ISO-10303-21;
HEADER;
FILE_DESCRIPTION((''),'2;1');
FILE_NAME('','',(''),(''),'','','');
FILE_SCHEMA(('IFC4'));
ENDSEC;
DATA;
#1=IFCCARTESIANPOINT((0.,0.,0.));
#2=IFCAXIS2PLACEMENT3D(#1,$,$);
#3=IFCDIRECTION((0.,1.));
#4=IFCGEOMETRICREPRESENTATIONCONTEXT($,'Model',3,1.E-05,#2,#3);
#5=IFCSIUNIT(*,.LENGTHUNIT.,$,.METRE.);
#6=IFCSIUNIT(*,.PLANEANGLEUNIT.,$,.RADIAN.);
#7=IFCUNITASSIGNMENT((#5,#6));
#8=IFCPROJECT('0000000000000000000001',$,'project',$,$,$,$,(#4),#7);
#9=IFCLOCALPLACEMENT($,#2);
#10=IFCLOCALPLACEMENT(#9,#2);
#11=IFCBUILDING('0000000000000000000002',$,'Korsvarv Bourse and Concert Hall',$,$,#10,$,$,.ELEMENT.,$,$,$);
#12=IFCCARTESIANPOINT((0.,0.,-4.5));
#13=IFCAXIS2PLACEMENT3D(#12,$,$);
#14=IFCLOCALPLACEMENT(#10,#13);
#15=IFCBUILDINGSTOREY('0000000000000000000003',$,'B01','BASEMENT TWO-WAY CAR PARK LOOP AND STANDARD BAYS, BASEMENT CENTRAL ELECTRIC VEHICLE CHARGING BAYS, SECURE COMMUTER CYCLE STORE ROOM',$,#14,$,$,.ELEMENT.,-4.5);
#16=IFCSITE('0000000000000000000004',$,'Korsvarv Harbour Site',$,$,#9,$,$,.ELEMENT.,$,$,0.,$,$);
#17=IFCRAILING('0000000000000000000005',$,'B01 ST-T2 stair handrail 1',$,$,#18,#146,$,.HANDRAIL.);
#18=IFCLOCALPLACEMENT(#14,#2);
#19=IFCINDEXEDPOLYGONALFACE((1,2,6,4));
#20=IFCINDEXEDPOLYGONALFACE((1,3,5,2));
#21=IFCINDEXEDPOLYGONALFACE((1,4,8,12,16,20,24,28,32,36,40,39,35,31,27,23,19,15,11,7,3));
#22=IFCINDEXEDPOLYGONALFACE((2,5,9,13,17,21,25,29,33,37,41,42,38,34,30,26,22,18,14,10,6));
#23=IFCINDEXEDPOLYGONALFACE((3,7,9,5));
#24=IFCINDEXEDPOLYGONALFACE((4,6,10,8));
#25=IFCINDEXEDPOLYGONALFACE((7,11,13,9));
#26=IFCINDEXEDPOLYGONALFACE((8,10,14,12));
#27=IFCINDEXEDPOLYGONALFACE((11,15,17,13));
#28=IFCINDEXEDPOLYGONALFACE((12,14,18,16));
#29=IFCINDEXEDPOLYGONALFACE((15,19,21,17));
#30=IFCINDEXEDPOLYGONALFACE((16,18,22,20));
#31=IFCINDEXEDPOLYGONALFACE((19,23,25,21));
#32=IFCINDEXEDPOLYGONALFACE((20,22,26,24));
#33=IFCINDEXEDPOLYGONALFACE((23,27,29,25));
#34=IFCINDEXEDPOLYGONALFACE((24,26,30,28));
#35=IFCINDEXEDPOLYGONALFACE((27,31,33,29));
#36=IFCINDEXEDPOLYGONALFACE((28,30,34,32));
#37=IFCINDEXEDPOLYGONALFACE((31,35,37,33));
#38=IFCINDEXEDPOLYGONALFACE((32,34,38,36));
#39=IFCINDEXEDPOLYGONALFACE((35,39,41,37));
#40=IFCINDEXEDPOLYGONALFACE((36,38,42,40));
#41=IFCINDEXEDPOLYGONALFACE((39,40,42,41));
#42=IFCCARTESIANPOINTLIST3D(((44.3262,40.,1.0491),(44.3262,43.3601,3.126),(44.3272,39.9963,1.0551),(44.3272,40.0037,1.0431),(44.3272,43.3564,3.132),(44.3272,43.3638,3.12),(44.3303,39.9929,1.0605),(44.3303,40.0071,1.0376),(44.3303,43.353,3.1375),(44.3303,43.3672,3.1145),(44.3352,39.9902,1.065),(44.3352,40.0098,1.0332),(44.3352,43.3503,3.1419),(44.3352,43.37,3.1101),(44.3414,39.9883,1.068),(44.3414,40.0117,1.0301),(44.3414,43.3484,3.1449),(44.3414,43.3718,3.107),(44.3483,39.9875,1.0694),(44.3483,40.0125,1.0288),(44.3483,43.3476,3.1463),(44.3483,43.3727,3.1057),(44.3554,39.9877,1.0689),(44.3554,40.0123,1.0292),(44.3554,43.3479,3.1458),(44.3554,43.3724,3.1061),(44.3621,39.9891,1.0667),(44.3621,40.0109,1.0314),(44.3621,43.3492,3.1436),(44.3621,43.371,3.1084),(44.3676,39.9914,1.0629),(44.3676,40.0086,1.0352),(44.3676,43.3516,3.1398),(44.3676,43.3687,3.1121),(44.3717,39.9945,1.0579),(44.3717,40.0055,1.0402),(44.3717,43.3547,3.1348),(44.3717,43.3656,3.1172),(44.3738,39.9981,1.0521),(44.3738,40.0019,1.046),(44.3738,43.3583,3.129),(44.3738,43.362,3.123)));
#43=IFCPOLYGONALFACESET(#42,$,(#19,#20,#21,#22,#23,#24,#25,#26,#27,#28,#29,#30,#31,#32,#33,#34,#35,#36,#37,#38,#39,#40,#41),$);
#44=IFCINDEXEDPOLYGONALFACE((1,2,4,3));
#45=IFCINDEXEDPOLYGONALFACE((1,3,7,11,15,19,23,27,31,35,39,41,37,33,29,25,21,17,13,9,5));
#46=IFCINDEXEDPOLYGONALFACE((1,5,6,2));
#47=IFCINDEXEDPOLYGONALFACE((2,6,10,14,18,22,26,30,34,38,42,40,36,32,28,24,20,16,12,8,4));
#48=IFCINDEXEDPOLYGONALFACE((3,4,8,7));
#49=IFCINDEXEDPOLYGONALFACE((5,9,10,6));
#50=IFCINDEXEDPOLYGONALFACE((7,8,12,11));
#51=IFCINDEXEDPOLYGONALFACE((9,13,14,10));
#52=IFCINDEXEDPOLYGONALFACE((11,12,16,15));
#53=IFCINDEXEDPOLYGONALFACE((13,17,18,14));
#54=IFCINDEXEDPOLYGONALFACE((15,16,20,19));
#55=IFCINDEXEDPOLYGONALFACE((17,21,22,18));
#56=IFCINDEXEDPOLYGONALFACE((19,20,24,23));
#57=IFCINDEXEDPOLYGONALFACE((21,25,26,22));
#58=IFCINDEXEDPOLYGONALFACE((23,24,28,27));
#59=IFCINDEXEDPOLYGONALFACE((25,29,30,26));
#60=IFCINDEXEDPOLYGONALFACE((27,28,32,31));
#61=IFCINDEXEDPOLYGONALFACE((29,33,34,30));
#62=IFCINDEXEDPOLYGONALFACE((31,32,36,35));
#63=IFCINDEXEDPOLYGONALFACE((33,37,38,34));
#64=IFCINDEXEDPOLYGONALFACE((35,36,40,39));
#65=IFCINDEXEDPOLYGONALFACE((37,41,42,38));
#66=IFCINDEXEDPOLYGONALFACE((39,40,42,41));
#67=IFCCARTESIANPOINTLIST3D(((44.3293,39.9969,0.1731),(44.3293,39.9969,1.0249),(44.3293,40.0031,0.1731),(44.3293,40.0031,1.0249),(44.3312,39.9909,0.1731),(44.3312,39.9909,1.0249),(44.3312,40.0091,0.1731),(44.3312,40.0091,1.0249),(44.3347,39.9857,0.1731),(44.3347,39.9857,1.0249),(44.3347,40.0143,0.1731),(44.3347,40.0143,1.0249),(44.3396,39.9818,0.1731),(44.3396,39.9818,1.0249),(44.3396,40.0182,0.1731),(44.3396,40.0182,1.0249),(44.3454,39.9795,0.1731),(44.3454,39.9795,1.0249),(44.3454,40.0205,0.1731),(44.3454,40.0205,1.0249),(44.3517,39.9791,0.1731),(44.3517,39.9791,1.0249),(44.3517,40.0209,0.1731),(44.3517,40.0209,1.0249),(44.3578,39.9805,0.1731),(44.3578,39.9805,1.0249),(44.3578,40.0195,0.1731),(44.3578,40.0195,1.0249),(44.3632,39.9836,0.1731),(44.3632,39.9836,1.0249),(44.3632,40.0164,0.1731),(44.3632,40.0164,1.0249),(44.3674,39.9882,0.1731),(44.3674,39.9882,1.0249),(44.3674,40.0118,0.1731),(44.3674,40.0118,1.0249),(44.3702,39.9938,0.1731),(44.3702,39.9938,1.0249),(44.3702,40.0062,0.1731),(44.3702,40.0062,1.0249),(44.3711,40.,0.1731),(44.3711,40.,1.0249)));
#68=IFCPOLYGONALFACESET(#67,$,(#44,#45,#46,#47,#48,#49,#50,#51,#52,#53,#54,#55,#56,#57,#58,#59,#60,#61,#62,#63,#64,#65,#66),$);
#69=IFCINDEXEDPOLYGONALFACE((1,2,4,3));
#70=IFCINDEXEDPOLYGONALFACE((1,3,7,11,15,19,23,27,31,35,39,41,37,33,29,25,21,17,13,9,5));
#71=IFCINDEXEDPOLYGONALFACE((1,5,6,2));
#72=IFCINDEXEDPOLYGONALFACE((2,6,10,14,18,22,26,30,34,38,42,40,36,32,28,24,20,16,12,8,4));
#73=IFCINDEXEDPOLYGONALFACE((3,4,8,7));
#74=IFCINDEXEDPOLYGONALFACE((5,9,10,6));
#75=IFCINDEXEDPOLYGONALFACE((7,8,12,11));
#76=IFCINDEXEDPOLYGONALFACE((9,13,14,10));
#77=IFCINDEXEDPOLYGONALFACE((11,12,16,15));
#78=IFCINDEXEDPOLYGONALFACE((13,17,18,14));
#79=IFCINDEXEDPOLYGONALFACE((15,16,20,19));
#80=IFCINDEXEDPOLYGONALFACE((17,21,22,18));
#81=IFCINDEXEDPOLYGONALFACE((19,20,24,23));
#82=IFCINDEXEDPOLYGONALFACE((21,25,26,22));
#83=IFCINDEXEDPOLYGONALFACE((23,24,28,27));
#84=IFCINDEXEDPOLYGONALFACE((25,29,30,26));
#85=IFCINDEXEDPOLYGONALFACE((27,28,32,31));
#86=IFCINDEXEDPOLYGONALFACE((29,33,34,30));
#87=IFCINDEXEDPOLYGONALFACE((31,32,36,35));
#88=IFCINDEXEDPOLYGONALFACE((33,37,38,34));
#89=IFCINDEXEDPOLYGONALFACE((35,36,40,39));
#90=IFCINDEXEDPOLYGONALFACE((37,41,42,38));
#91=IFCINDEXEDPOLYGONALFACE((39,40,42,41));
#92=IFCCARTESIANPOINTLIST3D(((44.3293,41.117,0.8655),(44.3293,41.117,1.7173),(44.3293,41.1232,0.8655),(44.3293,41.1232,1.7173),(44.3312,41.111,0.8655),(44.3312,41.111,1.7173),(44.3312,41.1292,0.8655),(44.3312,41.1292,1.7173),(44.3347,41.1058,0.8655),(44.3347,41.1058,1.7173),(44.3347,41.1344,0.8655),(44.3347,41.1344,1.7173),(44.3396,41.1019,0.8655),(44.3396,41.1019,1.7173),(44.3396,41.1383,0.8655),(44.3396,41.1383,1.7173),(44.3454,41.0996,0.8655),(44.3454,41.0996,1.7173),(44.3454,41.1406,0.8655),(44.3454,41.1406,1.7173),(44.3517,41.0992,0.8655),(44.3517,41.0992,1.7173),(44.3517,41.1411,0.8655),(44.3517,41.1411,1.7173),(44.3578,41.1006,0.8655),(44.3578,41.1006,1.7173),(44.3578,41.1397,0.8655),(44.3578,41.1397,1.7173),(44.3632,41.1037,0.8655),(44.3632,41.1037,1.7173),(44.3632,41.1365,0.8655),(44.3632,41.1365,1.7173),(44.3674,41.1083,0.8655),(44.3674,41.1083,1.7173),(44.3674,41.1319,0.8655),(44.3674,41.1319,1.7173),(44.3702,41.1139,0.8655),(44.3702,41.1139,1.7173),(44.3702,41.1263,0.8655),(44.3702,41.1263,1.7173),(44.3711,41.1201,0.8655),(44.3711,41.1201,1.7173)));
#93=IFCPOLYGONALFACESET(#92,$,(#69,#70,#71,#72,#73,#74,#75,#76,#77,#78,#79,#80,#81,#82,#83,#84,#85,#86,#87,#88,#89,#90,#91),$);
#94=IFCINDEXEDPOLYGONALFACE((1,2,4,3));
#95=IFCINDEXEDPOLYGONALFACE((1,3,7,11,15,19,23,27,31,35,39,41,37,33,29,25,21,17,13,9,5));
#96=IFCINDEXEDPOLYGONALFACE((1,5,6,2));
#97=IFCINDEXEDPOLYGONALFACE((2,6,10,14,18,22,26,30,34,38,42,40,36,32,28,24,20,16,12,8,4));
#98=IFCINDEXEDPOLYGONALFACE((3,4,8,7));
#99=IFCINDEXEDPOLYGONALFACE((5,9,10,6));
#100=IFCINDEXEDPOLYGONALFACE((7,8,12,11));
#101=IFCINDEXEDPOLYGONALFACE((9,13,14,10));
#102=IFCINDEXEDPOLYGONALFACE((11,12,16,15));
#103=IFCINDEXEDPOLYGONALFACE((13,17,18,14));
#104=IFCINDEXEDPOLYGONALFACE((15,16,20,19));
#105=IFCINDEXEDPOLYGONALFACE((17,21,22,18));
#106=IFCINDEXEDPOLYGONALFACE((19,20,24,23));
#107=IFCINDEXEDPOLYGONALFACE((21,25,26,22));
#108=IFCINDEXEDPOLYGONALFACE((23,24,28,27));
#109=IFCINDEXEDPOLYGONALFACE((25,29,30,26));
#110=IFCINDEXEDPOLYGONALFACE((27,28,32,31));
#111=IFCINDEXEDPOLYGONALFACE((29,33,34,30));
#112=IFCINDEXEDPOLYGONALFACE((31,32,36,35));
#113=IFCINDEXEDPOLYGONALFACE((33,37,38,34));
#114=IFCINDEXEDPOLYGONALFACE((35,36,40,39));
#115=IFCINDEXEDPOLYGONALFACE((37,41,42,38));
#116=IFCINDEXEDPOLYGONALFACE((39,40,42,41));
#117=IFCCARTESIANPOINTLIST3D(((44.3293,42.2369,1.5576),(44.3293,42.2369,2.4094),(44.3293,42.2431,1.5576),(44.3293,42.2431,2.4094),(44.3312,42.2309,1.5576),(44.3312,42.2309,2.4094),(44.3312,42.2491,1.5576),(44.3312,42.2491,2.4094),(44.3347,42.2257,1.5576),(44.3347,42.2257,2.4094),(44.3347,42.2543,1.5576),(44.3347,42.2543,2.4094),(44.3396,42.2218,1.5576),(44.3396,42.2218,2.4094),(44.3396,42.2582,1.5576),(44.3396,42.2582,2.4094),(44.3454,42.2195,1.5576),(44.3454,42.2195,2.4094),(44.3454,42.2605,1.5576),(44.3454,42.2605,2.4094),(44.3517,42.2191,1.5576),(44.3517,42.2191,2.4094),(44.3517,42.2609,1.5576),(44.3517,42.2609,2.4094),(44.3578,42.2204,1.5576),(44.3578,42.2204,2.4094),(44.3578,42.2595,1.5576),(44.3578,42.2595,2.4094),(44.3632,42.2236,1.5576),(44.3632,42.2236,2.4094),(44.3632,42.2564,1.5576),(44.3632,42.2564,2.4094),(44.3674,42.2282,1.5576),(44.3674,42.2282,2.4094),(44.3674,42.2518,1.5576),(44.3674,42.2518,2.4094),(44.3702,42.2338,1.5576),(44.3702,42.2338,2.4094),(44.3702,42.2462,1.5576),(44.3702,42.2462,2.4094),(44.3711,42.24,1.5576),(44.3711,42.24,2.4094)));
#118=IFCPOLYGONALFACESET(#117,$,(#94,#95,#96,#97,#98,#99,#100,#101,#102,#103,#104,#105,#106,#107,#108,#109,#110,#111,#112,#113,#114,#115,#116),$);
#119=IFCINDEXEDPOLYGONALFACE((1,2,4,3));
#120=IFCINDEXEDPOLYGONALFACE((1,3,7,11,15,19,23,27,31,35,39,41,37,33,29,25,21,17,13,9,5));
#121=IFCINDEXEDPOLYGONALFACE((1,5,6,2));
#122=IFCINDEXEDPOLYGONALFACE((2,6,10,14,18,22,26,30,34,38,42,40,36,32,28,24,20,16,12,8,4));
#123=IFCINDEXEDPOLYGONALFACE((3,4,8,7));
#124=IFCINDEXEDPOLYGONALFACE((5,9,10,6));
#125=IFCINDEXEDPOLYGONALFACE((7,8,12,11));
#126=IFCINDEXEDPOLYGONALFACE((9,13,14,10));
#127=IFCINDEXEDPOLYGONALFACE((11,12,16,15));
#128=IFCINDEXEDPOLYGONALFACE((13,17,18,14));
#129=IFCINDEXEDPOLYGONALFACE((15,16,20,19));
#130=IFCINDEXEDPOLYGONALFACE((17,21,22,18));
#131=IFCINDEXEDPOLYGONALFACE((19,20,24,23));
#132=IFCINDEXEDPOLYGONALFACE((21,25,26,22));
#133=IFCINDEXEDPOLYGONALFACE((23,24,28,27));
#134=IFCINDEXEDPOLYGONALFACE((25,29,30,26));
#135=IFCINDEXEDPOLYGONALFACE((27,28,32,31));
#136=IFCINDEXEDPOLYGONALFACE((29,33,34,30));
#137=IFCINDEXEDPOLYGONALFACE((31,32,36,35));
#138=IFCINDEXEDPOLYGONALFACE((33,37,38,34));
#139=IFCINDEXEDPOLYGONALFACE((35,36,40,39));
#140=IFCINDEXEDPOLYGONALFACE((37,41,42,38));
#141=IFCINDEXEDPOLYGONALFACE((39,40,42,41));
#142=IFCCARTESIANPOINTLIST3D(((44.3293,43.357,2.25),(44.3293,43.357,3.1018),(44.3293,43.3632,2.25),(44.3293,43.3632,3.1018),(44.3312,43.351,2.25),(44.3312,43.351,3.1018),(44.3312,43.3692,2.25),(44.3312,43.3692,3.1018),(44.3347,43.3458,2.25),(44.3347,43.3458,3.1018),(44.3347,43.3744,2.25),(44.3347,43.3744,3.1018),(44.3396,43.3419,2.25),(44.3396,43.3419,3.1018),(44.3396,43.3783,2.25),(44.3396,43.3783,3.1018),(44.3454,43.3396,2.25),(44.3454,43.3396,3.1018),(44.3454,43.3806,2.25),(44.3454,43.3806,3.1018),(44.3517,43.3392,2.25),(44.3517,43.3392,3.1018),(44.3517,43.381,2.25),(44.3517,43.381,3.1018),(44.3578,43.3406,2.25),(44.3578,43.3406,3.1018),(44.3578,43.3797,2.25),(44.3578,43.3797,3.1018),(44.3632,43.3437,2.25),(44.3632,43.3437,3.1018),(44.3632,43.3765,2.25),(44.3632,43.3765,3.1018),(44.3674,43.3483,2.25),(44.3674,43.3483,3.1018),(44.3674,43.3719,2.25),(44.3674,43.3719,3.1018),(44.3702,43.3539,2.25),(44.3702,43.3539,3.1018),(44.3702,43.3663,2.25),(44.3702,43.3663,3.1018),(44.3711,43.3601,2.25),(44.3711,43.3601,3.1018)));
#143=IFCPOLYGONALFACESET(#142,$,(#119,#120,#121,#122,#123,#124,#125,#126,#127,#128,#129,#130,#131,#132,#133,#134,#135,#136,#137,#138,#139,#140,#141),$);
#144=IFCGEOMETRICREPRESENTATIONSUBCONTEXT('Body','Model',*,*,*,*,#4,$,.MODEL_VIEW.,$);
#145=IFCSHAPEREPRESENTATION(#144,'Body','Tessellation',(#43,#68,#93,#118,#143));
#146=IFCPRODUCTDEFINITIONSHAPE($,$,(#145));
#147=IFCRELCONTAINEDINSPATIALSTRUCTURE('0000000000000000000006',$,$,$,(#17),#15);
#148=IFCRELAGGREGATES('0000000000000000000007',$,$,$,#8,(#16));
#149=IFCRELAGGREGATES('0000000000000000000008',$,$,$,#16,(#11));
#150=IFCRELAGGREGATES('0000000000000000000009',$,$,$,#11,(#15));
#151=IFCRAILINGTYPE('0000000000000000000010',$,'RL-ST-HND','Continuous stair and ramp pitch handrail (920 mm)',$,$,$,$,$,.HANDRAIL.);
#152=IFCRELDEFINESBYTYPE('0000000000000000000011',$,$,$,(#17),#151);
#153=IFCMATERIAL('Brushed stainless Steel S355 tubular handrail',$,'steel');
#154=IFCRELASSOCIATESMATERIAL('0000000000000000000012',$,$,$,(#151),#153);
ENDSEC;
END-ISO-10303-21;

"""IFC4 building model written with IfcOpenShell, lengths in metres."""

from ifc_helpers import new_model, si_unit, direction, frame, origin, origin_2d, place, context, subcontext, project, spatial, circle, extrude, material, type_object, element, save


model = new_model("IFC4")

# Units and contexts
model_context = context("Model", 3, precision=1e-05, world=origin(), true_north=direction((0.0, 1.0)))
body_context = subcontext(model_context, "Body", "Model", "MODEL_VIEW")
ifc_project = project(units=[si_unit("LENGTHUNIT", "METRE"), si_unit("PLANEANGLEUNIT", "RADIAN")], contexts=[model_context])

# Site, building, storey
site_placement = place(None, origin())
site = spatial("IfcSite", under=ifc_project, at=site_placement, Name="Korsvarv Harbour Site", CompositionType="ELEMENT", RefElevation=0.0)
building_placement = place(site_placement, origin())
building = spatial("IfcBuilding", under=site, at=building_placement, Name="Korsvarv Bourse and Concert Hall", CompositionType="ELEMENT")
storey_placement = place(building_placement, frame((0.0, 0.0, -4.5)))
storey = spatial("IfcBuildingStorey", under=building, at=storey_placement, Name="B01", Description="BASEMENT TWO-WAY CAR PARK LOOP AND STANDARD BAYS, BASEMENT CENTRAL ELECTRIC VEHICLE CHARGING BAYS, SECURE COMMUTER CYCLE STORE ROOM", CompositionType="ELEMENT", Elevation=-4.5)

# Railing
ifc_material_1 = material(Name="Brushed stainless Steel S355 tubular handrail", Category="steel")
railing_type_1 = type_object("IfcRailingType", Name="RL-ST-HND", Description="Continuous stair and ramp pitch handrail (920 mm)", PredefinedType="HANDRAIL", material=ifc_material_1)
railing_1_placement = place(storey_placement, frame((44.3501, 40.0, 0.1731)))
element("IfcRailing", 1, at=railing_1_placement, inside=storey, type_object=railing_type_1, Name="B01 ST-T2 stair handrail 1", PredefinedType="HANDRAIL", context=body_context, shape_type="SweptSolid", body=[
    extrude(circle(Radius=0.0239, at=origin_2d()), frame((0.0, 0.0, 0.876), z_axis=(0.0, 0.850623, 0.525776), x_axis=(-1.0, 0.0, 0.0)), (0.0, 0.0, 1.0), 3.9502),
    extrude(circle(Radius=0.021, at=origin_2d()), origin(), (0.0, 0.0, 1.0), 0.8518),
    extrude(circle(Radius=0.021, at=origin_2d()), frame((0.0, 1.1201, 0.6924)), (0.0, 0.0, 1.0), 0.8518),
    extrude(circle(Radius=0.021, at=origin_2d()), frame((0.0, 2.24, 1.3845)), (0.0, 0.0, 1.0), 0.8518),
    extrude(circle(Radius=0.021, at=origin_2d()), frame((0.0, 3.3601, 2.0769)), (0.0, 0.0, 1.0), 0.8518),
])

save(model, "model.ifc")
